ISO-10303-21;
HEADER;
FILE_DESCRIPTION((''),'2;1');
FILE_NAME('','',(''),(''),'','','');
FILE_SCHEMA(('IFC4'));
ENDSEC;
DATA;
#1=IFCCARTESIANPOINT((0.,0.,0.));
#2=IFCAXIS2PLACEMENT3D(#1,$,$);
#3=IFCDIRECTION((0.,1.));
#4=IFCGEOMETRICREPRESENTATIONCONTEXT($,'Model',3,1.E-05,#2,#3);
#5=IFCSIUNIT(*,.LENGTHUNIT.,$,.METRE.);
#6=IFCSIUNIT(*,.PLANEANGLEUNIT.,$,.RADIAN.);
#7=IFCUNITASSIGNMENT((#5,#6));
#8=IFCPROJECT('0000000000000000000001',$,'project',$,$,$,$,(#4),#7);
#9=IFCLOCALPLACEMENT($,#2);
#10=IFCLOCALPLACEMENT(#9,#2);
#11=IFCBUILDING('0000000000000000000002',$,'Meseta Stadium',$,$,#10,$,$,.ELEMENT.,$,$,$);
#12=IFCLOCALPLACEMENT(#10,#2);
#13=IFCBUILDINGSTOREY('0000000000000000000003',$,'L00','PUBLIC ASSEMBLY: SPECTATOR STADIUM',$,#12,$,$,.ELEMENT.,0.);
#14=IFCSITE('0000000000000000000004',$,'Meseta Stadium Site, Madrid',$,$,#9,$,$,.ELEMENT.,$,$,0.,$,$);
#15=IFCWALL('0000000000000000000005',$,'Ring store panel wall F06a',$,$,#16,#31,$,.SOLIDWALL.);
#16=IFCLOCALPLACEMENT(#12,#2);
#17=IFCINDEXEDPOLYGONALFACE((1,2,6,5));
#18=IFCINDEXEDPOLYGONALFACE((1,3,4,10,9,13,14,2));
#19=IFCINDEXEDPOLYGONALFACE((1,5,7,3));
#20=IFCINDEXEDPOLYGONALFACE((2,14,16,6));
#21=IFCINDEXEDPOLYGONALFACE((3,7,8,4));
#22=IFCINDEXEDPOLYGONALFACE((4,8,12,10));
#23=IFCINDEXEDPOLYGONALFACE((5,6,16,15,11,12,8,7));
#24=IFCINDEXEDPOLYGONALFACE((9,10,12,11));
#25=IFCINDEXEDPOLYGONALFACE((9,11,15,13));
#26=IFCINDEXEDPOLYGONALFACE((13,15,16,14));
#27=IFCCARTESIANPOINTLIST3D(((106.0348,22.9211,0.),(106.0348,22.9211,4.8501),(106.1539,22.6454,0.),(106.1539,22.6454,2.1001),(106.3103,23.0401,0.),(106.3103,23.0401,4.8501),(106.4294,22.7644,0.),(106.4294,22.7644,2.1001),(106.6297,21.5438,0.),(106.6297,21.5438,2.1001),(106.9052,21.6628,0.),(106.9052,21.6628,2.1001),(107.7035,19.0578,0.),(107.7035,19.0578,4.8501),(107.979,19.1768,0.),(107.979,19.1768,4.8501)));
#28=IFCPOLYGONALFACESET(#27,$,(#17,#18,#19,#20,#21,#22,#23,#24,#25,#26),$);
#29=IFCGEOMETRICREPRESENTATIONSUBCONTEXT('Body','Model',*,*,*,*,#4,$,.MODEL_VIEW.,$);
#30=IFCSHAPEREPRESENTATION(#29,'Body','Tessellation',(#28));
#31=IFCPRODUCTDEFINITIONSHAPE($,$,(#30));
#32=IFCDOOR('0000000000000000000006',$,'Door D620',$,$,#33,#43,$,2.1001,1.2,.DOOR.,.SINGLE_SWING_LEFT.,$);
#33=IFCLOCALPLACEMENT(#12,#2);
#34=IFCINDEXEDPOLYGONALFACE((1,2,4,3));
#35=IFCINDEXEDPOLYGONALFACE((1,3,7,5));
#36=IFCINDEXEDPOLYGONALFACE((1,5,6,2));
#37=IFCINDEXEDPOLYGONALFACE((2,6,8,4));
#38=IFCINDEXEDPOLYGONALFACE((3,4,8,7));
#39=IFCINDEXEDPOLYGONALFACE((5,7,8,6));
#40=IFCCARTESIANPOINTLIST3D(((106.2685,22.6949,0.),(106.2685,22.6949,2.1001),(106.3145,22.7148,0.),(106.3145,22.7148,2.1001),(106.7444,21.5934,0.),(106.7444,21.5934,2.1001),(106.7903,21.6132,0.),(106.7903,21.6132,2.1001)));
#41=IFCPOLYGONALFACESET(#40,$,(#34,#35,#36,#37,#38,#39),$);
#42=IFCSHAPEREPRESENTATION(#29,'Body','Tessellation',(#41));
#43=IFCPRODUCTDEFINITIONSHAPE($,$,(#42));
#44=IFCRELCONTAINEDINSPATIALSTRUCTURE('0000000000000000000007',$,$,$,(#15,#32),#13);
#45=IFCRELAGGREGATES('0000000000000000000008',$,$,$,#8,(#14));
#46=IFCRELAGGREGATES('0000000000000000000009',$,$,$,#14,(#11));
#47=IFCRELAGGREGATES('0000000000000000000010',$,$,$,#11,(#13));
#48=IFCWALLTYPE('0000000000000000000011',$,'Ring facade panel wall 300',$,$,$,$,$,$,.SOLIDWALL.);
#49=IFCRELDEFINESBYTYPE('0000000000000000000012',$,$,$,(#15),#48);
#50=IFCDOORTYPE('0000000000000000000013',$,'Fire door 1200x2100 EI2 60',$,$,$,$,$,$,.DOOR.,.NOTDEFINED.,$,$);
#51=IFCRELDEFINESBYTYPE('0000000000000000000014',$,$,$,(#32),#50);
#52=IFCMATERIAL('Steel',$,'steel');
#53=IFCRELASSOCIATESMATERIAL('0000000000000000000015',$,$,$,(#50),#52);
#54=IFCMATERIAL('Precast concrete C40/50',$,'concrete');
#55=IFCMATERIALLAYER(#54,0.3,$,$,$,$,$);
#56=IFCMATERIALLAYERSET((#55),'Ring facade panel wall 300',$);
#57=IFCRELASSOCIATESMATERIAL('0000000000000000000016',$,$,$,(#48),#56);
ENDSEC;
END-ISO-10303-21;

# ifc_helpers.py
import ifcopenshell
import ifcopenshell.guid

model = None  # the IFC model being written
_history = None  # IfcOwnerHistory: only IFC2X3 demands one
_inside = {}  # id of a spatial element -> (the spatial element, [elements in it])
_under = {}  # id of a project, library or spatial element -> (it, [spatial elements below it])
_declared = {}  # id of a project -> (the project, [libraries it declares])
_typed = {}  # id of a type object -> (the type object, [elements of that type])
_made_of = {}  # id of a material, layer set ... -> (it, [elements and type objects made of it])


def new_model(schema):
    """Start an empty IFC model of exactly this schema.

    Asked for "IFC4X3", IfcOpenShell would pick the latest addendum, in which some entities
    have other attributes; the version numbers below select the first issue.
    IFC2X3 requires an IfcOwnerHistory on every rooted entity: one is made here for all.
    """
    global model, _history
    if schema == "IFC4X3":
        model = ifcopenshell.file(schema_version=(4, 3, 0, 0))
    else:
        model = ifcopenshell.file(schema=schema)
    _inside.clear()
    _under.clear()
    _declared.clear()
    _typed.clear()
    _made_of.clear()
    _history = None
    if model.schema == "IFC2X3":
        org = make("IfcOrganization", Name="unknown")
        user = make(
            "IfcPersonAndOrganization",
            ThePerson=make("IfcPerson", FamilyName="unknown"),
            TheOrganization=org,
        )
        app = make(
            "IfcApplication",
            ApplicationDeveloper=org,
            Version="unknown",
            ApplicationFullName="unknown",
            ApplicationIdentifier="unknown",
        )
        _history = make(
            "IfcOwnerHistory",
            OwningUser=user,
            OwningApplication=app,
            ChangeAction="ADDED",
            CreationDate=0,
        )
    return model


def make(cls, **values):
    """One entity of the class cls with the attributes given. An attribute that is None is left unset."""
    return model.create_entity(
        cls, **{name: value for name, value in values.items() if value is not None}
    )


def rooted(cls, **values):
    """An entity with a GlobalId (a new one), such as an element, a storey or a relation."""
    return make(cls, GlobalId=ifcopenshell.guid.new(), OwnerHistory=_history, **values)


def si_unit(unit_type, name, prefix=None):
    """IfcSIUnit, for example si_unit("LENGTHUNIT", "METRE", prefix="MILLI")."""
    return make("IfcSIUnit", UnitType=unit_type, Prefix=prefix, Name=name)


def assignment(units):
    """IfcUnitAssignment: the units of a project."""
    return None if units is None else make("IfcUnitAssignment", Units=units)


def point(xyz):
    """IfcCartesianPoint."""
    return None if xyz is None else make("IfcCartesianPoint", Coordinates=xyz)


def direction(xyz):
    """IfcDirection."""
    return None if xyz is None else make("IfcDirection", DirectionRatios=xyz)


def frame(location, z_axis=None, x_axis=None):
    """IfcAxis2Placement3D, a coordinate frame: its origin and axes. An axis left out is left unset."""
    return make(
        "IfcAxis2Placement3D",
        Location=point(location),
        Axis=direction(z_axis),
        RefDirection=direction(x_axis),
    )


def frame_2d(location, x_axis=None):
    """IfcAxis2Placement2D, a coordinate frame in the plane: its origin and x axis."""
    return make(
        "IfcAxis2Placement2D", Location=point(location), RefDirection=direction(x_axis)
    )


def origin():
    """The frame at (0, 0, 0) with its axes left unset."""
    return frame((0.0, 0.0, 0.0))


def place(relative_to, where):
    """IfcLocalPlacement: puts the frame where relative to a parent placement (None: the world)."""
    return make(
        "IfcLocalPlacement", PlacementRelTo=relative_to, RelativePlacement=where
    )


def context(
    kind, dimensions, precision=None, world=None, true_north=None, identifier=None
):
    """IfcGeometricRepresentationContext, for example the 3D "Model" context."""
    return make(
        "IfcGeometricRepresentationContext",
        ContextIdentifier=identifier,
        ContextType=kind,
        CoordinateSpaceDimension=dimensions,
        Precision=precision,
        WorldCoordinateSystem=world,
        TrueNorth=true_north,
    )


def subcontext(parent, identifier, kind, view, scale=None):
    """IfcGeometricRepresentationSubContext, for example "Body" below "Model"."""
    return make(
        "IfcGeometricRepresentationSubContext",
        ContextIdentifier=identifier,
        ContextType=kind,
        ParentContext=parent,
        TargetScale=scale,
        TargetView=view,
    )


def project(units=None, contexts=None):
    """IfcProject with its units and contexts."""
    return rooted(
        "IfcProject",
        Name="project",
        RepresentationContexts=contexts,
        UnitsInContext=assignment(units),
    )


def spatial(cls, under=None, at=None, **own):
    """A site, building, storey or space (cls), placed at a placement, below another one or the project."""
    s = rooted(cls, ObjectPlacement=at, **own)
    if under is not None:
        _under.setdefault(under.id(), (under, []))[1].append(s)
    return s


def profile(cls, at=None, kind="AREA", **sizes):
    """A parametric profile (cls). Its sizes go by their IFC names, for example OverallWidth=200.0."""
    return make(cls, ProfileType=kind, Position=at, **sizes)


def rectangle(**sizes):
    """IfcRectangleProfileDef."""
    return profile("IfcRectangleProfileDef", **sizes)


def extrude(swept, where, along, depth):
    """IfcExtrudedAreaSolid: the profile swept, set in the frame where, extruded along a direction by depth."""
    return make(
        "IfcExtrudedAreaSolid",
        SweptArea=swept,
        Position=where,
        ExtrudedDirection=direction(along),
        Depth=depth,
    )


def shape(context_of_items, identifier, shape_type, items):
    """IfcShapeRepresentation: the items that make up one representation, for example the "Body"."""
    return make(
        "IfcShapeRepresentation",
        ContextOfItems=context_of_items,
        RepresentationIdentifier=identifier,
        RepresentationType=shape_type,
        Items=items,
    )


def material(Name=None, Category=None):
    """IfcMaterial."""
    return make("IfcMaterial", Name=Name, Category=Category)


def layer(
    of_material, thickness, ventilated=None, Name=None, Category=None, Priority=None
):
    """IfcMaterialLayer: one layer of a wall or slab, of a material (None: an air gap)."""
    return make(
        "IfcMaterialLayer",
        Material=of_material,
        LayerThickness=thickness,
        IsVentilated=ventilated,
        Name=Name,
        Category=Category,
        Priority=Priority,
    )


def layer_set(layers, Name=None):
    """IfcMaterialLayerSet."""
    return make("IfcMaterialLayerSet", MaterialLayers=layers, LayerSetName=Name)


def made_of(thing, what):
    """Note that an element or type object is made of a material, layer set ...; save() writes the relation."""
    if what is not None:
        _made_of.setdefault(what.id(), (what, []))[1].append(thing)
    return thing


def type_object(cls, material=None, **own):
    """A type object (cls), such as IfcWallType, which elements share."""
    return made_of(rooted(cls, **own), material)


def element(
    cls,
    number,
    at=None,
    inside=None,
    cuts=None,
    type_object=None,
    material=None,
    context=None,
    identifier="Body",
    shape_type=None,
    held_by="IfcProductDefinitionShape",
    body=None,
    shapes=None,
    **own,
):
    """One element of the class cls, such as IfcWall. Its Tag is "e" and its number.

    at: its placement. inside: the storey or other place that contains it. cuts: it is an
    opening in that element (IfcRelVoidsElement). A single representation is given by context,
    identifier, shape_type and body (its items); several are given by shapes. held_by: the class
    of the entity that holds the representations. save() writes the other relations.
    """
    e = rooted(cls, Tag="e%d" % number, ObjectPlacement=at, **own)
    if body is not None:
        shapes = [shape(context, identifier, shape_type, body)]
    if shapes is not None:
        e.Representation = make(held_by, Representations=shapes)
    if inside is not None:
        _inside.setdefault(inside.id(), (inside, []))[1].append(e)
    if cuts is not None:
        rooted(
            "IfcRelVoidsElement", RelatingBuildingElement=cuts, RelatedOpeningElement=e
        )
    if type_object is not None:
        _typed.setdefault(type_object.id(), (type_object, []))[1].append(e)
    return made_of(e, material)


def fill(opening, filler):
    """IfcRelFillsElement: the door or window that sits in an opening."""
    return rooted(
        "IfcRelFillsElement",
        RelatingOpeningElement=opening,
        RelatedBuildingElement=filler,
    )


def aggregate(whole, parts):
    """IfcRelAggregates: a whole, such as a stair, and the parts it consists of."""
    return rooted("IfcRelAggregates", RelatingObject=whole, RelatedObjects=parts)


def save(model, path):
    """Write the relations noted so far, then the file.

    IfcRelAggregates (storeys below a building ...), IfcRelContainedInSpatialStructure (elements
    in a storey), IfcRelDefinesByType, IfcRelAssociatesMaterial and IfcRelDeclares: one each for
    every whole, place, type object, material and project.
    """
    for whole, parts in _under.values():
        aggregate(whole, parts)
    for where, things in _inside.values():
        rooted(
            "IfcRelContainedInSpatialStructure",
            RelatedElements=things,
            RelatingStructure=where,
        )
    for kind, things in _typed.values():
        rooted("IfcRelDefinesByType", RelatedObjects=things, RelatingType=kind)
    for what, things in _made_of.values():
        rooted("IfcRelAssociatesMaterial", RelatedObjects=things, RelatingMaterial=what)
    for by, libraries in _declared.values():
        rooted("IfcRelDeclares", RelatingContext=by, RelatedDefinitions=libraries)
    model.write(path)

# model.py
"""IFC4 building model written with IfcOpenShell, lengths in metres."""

from ifc_helpers import new_model, si_unit, direction, frame, frame_2d, origin, place, context, subcontext, project, spatial, rectangle, extrude, material, layer, layer_set, type_object, element, fill, save


model = new_model("IFC4")

# Units and contexts
model_context = context("Model", 3, precision=1e-05, world=origin(), true_north=direction((0.0, 1.0)))
body_context = subcontext(model_context, "Body", "Model", "MODEL_VIEW")
ifc_project = project(units=[si_unit("LENGTHUNIT", "METRE"), si_unit("PLANEANGLEUNIT", "RADIAN")], contexts=[model_context])

# Site, building, storey
site_placement = place(None, origin())
site = spatial("IfcSite", under=ifc_project, at=site_placement, Name="Meseta Stadium Site, Madrid", CompositionType="ELEMENT", RefElevation=0.0)
building_placement = place(site_placement, origin())
building = spatial("IfcBuilding", under=site, at=building_placement, Name="Meseta Stadium", CompositionType="ELEMENT")
storey_placement = place(building_placement, origin())
storey = spatial("IfcBuildingStorey", under=building, at=storey_placement, Name="L00", Description="PUBLIC ASSEMBLY: SPECTATOR STADIUM", CompositionType="ELEMENT", Elevation=0.0)

# Shared definitions
ifc_material_1 = material(Name="Steel", Category="steel")
door_type_1 = type_object("IfcDoorType", Name="Fire door 1200x2100 EI2 60", OperationType="NOTDEFINED", PredefinedType="DOOR", material=ifc_material_1)

# Wall, opening, door
ifc_material_2 = material(Name="Precast concrete C40/50", Category="concrete")
ifc_layer_1 = layer(ifc_material_2, 0.3)
ifc_layer_set_1 = layer_set([ifc_layer_1], Name="Ring facade panel wall 300")
wall_type_1 = type_object("IfcWallType", Name="Ring facade panel wall 300", PredefinedType="SOLIDWALL", material=ifc_layer_set_1)
wall_1_placement = place(storey_placement, frame((106.1726, 22.9805, 0.0), z_axis=(0.0, 0.0, 1.0), x_axis=(0.396529, -0.918022, 0.0)))
wall_1 = element("IfcWall", 1, at=wall_1_placement, inside=storey, type_object=wall_type_1, Name="Ring store panel wall F06a", PredefinedType="SOLIDWALL", context=body_context, shape_type="SweptSolid", body=[
    extrude(rectangle(XDim=4.2083, YDim=0.3, at=frame_2d((2.104, 0.0))), origin(), (0.0, 0.0, 1.0), 4.8501),
])
opening_1_placement = place(wall_1_placement, frame((0.3, 0.0, 0.0)))
opening_1 = element("IfcOpeningElement", 2, at=opening_1_placement, cuts=wall_1, PredefinedType="OPENING", context=body_context, shape_type="SweptSolid", body=[
    extrude(rectangle(XDim=1.2, YDim=2.1001, at=frame_2d((0.6001, 1.05))), frame((0.0, 0.1599, 0.0), z_axis=(0.0, -1.0, 0.0), x_axis=(1.0, 0.0, 0.0)), (0.0, 0.0, 1.0), 0.3201),
])
door_1_placement = place(opening_1_placement, origin())
door_1 = element("IfcDoor", 3, at=door_1_placement, inside=storey, type_object=door_type_1, Name="Door D620", OperationType="SINGLE_SWING_LEFT", OverallHeight=2.1001, OverallWidth=1.2, PredefinedType="DOOR", context=body_context, shape_type="SweptSolid", body=[
    extrude(rectangle(XDim=1.2, YDim=2.1001, at=frame_2d((0.6001, 1.05))), frame((0.0, 0.0249, 0.0), z_axis=(0.0, -1.0, 0.0), x_axis=(1.0, 0.0, 0.0)), (0.0, 0.0, 1.0), 0.05),
])
fill(opening_1, door_1)

save(model, "model.ifc")
